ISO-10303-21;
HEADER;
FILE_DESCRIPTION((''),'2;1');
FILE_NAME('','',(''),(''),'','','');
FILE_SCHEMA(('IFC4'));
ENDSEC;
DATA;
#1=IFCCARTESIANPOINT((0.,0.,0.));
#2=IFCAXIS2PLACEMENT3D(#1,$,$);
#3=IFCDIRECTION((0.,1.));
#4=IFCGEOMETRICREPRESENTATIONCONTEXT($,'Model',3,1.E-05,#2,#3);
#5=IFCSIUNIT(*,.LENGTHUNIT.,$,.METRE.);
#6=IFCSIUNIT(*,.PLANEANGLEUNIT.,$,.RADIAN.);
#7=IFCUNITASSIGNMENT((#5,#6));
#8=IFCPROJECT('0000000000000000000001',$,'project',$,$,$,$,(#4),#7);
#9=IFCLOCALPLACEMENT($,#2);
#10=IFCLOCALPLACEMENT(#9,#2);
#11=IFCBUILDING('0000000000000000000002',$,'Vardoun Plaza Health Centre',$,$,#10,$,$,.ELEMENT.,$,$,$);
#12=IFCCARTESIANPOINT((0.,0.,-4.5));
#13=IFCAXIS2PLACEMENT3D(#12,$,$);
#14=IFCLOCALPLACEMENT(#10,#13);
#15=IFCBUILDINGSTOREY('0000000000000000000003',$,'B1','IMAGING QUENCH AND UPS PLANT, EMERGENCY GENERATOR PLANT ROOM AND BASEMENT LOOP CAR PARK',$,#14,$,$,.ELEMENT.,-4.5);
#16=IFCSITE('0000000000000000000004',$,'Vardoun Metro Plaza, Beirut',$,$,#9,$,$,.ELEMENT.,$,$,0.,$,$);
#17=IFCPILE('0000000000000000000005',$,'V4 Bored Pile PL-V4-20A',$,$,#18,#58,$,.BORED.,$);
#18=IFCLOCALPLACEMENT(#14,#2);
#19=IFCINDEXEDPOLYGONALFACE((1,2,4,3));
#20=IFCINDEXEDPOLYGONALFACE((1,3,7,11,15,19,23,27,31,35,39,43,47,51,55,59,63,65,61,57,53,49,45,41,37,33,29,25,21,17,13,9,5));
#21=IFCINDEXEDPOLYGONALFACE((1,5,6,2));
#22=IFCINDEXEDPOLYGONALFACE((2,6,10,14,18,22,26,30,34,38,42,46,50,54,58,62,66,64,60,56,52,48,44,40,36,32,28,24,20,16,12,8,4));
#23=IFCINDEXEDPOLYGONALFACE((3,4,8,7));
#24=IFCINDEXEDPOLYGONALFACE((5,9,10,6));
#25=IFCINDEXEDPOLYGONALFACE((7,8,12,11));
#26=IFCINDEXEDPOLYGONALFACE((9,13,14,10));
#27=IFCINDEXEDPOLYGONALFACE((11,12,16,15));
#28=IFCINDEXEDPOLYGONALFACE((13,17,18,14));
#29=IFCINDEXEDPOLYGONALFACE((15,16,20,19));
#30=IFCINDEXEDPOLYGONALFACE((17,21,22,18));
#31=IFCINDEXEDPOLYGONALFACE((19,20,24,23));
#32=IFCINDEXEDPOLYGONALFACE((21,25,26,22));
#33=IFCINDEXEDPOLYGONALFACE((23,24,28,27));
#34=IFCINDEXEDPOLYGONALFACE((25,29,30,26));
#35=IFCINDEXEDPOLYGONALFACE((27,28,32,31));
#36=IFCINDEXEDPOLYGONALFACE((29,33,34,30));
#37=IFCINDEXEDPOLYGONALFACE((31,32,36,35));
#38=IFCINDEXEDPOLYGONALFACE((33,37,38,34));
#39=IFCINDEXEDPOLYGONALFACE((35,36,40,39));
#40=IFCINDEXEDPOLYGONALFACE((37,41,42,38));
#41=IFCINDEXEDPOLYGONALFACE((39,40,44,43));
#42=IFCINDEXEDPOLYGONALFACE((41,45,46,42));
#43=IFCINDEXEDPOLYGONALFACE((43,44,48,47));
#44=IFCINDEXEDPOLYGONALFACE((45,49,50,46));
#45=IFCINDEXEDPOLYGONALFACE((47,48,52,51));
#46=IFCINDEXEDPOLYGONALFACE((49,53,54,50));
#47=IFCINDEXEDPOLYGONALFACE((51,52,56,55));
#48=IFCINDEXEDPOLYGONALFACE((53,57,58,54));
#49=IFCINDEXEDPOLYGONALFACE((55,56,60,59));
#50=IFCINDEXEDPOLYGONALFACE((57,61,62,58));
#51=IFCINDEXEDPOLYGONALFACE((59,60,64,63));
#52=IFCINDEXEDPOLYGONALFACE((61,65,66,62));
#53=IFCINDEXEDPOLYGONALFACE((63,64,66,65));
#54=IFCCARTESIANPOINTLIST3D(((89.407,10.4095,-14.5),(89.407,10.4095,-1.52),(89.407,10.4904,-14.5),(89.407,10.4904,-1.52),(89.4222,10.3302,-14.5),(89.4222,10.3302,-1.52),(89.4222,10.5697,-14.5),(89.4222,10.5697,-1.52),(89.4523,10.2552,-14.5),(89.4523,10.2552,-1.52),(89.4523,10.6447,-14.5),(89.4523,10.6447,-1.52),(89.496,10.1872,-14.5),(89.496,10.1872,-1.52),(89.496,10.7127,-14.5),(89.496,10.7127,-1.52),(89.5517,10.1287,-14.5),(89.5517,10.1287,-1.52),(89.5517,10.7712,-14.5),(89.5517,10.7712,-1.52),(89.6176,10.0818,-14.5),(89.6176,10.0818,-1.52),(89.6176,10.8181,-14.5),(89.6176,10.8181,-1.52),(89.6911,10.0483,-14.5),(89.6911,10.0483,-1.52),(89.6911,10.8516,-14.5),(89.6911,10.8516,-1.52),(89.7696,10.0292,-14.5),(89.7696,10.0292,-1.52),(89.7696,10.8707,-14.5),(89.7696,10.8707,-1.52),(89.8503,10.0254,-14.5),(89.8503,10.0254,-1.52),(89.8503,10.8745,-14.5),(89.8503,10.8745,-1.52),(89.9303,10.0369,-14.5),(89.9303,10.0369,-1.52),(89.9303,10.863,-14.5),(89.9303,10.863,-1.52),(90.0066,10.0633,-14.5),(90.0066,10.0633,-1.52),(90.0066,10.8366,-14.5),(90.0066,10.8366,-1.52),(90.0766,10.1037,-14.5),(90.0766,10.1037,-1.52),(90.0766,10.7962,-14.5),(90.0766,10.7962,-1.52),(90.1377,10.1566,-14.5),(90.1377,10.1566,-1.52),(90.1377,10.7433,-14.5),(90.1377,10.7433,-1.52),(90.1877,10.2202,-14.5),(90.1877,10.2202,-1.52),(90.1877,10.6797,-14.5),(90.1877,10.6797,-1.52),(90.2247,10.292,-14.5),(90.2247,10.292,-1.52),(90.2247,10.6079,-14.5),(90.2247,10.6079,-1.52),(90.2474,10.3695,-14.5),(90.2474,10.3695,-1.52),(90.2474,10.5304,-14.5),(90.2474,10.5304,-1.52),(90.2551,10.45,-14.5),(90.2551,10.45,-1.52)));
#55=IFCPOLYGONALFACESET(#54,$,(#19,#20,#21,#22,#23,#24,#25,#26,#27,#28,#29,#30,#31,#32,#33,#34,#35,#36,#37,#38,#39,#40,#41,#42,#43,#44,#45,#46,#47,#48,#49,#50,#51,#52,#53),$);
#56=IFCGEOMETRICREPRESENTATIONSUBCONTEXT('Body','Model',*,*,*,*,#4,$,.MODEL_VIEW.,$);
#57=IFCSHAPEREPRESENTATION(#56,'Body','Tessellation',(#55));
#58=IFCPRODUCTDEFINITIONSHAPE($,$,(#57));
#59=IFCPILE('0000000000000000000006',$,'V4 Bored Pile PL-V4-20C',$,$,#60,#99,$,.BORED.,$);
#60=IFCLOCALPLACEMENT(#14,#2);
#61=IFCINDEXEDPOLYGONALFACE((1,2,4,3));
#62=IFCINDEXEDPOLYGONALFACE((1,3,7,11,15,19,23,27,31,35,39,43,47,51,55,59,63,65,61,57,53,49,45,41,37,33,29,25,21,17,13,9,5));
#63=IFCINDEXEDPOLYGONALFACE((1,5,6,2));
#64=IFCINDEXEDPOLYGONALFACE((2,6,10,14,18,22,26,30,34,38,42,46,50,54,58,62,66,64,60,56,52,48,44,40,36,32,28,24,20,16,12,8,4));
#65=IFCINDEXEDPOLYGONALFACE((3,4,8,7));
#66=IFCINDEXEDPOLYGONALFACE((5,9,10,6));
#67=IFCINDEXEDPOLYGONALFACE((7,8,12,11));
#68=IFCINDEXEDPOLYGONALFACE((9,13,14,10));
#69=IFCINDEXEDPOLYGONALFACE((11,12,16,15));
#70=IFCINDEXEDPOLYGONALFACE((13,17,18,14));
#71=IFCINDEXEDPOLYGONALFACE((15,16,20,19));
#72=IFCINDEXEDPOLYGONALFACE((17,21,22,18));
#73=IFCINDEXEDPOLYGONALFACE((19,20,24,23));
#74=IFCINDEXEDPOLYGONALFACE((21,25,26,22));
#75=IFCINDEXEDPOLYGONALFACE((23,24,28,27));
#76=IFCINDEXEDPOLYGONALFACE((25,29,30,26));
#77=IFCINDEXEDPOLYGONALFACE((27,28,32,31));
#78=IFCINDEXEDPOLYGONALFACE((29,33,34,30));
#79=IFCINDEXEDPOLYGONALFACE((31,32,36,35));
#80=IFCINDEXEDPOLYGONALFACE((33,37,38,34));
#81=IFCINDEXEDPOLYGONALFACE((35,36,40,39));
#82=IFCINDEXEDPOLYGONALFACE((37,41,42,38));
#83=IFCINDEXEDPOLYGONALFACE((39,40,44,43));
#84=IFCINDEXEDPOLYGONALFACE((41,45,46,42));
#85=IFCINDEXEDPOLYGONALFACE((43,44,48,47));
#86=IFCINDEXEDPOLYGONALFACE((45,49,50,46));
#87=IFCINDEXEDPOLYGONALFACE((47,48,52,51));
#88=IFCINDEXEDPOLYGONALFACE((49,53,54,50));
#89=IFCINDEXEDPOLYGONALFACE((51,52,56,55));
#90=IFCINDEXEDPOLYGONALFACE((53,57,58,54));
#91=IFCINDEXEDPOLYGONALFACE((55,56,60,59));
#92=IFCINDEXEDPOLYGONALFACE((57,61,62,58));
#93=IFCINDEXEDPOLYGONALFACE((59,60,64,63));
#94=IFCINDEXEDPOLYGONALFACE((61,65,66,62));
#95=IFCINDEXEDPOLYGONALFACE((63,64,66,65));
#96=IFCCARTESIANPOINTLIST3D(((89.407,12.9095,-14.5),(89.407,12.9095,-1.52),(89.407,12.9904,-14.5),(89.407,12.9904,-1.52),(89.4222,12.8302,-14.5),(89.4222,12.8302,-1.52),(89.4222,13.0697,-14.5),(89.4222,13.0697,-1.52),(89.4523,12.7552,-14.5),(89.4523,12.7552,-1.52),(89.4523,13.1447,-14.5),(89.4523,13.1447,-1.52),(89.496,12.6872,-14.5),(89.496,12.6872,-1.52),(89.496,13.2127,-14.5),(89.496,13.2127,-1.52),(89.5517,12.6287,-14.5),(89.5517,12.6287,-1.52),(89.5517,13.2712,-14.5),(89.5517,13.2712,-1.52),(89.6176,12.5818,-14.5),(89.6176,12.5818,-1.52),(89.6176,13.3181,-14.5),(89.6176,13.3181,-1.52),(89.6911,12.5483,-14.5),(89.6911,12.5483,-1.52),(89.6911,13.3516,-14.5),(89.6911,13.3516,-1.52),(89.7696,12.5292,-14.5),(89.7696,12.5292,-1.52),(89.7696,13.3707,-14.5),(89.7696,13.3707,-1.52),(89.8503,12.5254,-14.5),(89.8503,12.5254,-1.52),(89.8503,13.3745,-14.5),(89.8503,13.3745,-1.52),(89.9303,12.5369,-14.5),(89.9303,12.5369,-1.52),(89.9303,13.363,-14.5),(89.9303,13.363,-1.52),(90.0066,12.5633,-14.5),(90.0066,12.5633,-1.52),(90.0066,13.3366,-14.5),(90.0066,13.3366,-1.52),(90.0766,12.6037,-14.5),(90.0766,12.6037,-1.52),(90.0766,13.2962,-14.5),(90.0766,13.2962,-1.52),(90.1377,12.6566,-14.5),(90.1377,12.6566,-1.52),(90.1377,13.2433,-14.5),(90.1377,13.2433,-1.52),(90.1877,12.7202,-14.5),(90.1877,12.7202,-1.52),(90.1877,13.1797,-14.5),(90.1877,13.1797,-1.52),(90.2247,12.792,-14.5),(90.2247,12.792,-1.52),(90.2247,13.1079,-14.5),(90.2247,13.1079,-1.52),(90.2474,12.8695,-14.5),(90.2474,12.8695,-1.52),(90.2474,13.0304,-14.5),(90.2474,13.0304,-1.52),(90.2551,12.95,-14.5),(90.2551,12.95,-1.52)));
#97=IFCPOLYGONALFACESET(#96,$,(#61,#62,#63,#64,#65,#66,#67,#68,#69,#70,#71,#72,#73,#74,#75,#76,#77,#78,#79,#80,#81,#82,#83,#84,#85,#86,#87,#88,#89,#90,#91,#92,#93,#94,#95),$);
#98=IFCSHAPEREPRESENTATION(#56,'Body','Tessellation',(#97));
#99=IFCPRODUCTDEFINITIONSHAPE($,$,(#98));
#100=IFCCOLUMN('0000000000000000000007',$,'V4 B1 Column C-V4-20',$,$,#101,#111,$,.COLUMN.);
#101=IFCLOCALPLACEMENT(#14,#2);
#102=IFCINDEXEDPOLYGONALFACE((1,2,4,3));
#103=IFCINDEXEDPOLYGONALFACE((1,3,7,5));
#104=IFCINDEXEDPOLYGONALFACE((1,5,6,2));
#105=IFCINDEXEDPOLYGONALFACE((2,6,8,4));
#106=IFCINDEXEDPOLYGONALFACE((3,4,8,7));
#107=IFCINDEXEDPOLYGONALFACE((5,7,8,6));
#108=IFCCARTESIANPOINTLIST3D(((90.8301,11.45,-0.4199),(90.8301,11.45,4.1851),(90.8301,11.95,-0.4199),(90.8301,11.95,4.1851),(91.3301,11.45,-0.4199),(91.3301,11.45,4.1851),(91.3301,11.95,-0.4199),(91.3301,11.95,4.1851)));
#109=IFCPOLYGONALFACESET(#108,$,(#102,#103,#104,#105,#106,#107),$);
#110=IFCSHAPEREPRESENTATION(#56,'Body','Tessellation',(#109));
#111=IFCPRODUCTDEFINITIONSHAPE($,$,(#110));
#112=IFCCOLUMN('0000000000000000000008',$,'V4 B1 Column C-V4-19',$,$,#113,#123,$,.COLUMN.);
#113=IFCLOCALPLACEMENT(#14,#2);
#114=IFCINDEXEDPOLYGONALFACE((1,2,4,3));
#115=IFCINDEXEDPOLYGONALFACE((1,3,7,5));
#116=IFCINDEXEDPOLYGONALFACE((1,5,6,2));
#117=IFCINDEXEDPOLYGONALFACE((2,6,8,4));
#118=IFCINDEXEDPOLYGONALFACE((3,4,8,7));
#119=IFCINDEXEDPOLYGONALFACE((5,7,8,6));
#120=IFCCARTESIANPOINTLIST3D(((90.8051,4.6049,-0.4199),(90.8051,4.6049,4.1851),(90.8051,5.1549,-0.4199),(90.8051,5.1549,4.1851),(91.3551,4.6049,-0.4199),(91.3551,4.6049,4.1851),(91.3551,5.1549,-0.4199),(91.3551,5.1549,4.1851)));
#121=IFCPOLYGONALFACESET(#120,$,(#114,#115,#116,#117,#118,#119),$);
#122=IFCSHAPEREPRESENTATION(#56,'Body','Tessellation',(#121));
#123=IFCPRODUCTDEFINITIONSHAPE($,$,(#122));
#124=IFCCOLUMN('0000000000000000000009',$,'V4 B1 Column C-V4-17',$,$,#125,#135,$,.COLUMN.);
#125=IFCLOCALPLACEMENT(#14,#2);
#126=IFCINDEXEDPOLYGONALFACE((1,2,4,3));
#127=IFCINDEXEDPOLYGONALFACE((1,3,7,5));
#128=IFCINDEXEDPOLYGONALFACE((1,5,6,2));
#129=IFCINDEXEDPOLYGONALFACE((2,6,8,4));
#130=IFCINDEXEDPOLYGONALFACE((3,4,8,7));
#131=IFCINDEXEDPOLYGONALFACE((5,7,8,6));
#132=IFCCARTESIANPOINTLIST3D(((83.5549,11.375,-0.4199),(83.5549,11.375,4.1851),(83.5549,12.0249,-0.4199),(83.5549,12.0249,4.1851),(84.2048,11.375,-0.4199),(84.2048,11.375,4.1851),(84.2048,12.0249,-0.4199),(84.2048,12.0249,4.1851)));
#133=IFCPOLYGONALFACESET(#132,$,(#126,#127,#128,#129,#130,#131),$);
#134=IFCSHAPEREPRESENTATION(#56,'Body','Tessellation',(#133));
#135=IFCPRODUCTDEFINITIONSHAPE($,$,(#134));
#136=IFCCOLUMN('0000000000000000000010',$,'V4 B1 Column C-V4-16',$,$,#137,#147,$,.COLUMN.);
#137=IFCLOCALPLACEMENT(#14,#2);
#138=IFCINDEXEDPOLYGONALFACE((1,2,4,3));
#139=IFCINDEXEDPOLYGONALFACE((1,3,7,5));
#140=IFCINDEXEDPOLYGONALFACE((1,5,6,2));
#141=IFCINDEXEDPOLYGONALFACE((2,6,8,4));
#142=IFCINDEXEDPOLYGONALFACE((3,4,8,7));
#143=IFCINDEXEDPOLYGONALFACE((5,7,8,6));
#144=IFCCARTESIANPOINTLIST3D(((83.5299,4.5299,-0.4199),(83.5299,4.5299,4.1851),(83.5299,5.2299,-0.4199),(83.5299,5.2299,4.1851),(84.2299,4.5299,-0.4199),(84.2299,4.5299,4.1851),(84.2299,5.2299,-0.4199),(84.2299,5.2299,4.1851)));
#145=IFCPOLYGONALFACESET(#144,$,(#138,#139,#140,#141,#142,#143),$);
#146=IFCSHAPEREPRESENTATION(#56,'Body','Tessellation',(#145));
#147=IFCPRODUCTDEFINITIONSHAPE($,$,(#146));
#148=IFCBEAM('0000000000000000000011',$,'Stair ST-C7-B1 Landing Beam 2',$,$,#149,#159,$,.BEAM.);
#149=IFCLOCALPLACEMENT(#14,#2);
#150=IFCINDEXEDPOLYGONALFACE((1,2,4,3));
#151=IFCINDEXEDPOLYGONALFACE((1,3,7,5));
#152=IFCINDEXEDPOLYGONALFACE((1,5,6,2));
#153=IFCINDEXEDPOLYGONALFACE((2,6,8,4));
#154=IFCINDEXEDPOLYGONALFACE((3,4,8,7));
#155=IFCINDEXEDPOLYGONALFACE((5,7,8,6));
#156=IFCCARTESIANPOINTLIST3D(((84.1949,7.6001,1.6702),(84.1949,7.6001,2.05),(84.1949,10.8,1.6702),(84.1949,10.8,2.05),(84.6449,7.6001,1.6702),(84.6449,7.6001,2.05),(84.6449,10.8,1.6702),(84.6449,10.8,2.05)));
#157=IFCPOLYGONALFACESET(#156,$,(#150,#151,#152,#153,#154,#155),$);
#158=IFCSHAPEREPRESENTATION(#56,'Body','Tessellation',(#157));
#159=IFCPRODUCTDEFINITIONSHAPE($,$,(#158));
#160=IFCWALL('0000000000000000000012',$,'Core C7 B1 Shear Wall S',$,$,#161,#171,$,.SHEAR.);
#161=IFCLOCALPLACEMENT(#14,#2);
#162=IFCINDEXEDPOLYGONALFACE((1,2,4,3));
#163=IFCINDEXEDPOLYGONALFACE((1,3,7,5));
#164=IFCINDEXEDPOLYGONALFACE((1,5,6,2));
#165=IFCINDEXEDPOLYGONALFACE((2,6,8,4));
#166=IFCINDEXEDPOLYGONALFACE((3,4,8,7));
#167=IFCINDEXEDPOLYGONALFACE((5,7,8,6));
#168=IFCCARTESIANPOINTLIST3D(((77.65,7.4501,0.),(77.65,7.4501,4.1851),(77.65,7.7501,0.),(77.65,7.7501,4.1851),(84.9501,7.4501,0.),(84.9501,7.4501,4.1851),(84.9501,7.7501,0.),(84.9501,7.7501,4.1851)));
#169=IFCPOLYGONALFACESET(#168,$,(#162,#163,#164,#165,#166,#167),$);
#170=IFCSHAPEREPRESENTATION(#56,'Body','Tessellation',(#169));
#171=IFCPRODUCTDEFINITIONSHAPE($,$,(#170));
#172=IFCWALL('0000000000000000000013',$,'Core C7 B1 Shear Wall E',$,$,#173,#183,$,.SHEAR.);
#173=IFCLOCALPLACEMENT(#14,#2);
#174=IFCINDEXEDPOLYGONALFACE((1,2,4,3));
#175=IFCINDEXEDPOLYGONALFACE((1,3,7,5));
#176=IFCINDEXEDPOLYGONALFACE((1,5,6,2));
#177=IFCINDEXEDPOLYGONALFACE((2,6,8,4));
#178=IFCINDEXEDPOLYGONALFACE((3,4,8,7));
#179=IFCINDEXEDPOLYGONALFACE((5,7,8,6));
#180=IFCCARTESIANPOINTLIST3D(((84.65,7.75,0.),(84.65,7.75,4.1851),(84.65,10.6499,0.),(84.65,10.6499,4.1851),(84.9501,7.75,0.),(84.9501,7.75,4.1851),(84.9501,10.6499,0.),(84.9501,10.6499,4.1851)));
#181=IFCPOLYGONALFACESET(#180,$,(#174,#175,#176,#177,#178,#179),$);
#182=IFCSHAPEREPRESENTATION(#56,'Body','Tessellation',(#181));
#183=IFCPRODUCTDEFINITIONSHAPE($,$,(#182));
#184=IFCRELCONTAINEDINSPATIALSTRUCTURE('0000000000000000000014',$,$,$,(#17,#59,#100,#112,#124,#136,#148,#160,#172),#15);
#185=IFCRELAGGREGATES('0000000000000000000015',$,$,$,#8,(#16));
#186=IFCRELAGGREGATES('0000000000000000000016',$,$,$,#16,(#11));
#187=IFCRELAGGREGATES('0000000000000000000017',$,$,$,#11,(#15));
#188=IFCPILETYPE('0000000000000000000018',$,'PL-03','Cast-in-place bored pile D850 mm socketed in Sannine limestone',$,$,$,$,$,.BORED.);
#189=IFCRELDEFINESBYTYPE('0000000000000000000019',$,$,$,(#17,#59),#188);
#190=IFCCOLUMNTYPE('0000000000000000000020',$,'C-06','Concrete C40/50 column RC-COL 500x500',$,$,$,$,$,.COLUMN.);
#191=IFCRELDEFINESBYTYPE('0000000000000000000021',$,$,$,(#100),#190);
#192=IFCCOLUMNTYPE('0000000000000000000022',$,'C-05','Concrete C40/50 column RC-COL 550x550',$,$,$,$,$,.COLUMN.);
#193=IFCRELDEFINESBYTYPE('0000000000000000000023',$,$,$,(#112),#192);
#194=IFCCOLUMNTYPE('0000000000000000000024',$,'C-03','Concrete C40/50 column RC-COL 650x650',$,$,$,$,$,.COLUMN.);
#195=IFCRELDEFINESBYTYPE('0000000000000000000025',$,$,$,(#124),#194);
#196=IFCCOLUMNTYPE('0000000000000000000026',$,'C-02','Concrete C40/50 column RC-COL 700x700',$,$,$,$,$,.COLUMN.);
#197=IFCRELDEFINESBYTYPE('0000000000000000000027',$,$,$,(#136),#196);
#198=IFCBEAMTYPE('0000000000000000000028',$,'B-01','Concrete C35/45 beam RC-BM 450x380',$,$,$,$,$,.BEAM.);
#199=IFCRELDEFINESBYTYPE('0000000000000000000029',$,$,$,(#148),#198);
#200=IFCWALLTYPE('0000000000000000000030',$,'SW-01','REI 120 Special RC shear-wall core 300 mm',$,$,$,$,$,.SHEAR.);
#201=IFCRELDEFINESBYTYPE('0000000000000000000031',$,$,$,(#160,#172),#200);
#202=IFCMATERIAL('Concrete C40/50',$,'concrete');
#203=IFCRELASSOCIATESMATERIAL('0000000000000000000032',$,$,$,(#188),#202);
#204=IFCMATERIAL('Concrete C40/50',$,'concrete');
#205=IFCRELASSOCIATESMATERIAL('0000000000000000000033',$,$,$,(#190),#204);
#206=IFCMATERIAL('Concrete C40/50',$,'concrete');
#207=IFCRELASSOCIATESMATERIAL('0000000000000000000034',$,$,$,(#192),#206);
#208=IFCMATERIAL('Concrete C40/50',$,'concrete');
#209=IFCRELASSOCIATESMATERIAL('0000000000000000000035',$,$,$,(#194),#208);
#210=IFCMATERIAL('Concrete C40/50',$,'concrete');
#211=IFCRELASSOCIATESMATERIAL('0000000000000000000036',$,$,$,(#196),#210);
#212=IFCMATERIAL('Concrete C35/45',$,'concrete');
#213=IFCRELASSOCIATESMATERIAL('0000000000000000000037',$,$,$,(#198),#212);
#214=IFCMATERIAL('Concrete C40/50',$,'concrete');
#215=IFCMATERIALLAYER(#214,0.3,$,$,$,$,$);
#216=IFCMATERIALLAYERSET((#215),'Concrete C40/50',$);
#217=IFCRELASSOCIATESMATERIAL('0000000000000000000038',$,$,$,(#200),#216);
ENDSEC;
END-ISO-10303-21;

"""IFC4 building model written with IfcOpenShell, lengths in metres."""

from ifc_helpers import new_model, si_unit, direction, frame, frame_2d, origin, origin_2d, place, context, subcontext, project, spatial, rectangle, circle, extrude, material, layer, layer_set, material_profile, profile_set, type_object, element, save


model = new_model("IFC4")

# Units and contexts
model_context = context("Model", 3, precision=1e-05, world=origin(), true_north=direction((0.0, 1.0)))
body_context = subcontext(model_context, "Body", "Model", "MODEL_VIEW")
ifc_project = project(units=[si_unit("LENGTHUNIT", "METRE"), si_unit("PLANEANGLEUNIT", "RADIAN")], contexts=[model_context])

# Site, building, storey
site_placement = place(None, origin())
site = spatial("IfcSite", under=ifc_project, at=site_placement, Name="Vardoun Metro Plaza, Beirut", CompositionType="ELEMENT", RefElevation=0.0)
building_placement = place(site_placement, origin())
building = spatial("IfcBuilding", under=site, at=building_placement, Name="Vardoun Plaza Health Centre", CompositionType="ELEMENT")
storey_placement = place(building_placement, frame((0.0, 0.0, -4.5)))
storey = spatial("IfcBuildingStorey", under=building, at=storey_placement, Name="B1", Description="IMAGING QUENCH AND UPS PLANT, EMERGENCY GENERATOR PLANT ROOM AND BASEMENT LOOP CAR PARK", CompositionType="ELEMENT", Elevation=-4.5)

# Piles
ifc_material_1 = material(Name="Concrete C40/50", Category="concrete")
ifc_material_profile_1 = material_profile(ifc_material_1, circle(Radius=0.425, at=origin_2d()), Name="PILE D850")
ifc_profile_set_1 = profile_set([ifc_material_profile_1], Name="Concrete C40/50")
pile_type_1 = type_object("IfcPileType", Name="PL-03", Description="Cast-in-place bored pile D850 mm socketed in Sannine limestone", PredefinedType="BORED", material=ifc_profile_set_1)
for number, where, z_axis, x_axis, name in (
    (1, (89.8301, 10.45, -1.52), (0.0, 0.0, -1.0), (1.0, 0.0, 0.0), "V4 Bored Pile PL-V4-20A"),
    (2, (89.8301, 12.95, -1.52), (0.0, 0.0, -1.0), (1.0, 0.0, 0.0), "V4 Bored Pile PL-V4-20C"),
):
    element("IfcPile", number, at=place(storey_placement, frame(where, z_axis=z_axis, x_axis=x_axis)), inside=storey, type_object=pile_type_1, Name=name, PredefinedType="BORED", context=body_context, shape_type="SweptSolid", body=[
        extrude(circle(Radius=0.425, at=origin_2d()), origin(), (0.0, 0.0, 1.0), 12.98),
    ])

# Columns
ifc_material_2 = material(Name="Concrete C40/50", Category="concrete")
ifc_material_profile_2 = material_profile(ifc_material_2, rectangle(XDim=0.5, YDim=0.5, at=origin_2d()), Name="RC-COL 500x500")
ifc_profile_set_2 = profile_set([ifc_material_profile_2], Name="Concrete C40/50")
column_type_1 = type_object("IfcColumnType", Name="C-06", Description="Concrete C40/50 column RC-COL 500x500", PredefinedType="COLUMN", material=ifc_profile_set_2)
column_1_placement = place(storey_placement, frame((91.0801, 11.7, -0.4199), z_axis=(0.0, 0.0, 1.0), x_axis=(1.0, 0.0, 0.0)))
element("IfcColumn", 3, at=column_1_placement, inside=storey, type_object=column_type_1, Name="V4 B1 Column C-V4-20", PredefinedType="COLUMN", context=body_context, shape_type="SweptSolid", body=[
    extrude(rectangle(XDim=0.5, YDim=0.5, at=origin_2d()), origin(), (0.0, 0.0, 1.0), 4.605),
])
ifc_material_3 = material(Name="Concrete C40/50", Category="concrete")
ifc_material_profile_3 = material_profile(ifc_material_3, rectangle(XDim=0.55, YDim=0.55, at=origin_2d()), Name="RC-COL 550x550")
ifc_profile_set_3 = profile_set([ifc_material_profile_3], Name="Concrete C40/50")
column_type_2 = type_object("IfcColumnType", Name="C-05", Description="Concrete C40/50 column RC-COL 550x550", PredefinedType="COLUMN", material=ifc_profile_set_3)
column_2_placement = place(storey_placement, frame((91.0801, 4.8799, -0.4199), z_axis=(0.0, 0.0, 1.0), x_axis=(1.0, 0.0, 0.0)))
element("IfcColumn", 4, at=column_2_placement, inside=storey, type_object=column_type_2, Name="V4 B1 Column C-V4-19", PredefinedType="COLUMN", context=body_context, shape_type="SweptSolid", body=[
    extrude(rectangle(XDim=0.55, YDim=0.55, at=origin_2d()), origin(), (0.0, 0.0, 1.0), 4.605),
])
ifc_material_4 = material(Name="Concrete C40/50", Category="concrete")
ifc_material_profile_4 = material_profile(ifc_material_4, rectangle(XDim=0.6499, YDim=0.6499, at=origin_2d()), Name="RC-COL 650x650")
ifc_profile_set_4 = profile_set([ifc_material_profile_4], Name="Concrete C40/50")
column_type_3 = type_object("IfcColumnType", Name="C-03", Description="Concrete C40/50 column RC-COL 650x650", PredefinedType="COLUMN", material=ifc_profile_set_4)
column_3_placement = place(storey_placement, frame((83.8799, 11.7, -0.4199), z_axis=(0.0, 0.0, 1.0), x_axis=(1.0, 0.0, 0.0)))
element("IfcColumn", 5, at=column_3_placement, inside=storey, type_object=column_type_3, Name="V4 B1 Column C-V4-17", PredefinedType="COLUMN", context=body_context, shape_type="SweptSolid", body=[
    extrude(rectangle(XDim=0.6499, YDim=0.6499, at=origin_2d()), origin(), (0.0, 0.0, 1.0), 4.605),
])
ifc_material_5 = material(Name="Concrete C40/50", Category="concrete")
ifc_material_profile_5 = material_profile(ifc_material_5, rectangle(XDim=0.7, YDim=0.7, at=origin_2d()), Name="RC-COL 700x700")
ifc_profile_set_5 = profile_set([ifc_material_profile_5], Name="Concrete C40/50")
column_type_4 = type_object("IfcColumnType", Name="C-02", Description="Concrete C40/50 column RC-COL 700x700", PredefinedType="COLUMN", material=ifc_profile_set_5)
column_4_placement = place(storey_placement, frame((83.8799, 4.8799, -0.4199), z_axis=(0.0, 0.0, 1.0), x_axis=(1.0, 0.0, 0.0)))
element("IfcColumn", 6, at=column_4_placement, inside=storey, type_object=column_type_4, Name="V4 B1 Column C-V4-16", PredefinedType="COLUMN", context=body_context, shape_type="SweptSolid", body=[
    extrude(rectangle(XDim=0.7, YDim=0.7, at=origin_2d()), origin(), (0.0, 0.0, 1.0), 4.605),
])

# Beam
ifc_material_6 = material(Name="Concrete C35/45", Category="concrete")
ifc_material_profile_6 = material_profile(ifc_material_6, rectangle(XDim=0.45, YDim=0.3799, at=origin_2d()), Name="RC-BM 450x380")
ifc_profile_set_6 = profile_set([ifc_material_profile_6], Name="Concrete C35/45")
beam_type = type_object("IfcBeamType", Name="B-01", Description="Concrete C35/45 beam RC-BM 450x380", PredefinedType="BEAM", material=ifc_profile_set_6)
beam_placement = place(storey_placement, frame((84.4199, 7.6001, 1.8601), z_axis=(0.0, 1.0, 0.0), x_axis=(-1.0, 0.0, 0.0)))
element("IfcBeam", 7, at=beam_placement, inside=storey, type_object=beam_type, Name="Stair ST-C7-B1 Landing Beam 2", PredefinedType="BEAM", context=body_context, shape_type="SweptSolid", body=[
    extrude(rectangle(XDim=0.45, YDim=0.3799, at=origin_2d()), origin(), (0.0, 0.0, 1.0), 3.2),
])

# Walls
ifc_material_7 = material(Name="Concrete C40/50", Category="concrete")
ifc_layer_1 = layer(ifc_material_7, 0.3)
ifc_layer_set_1 = layer_set([ifc_layer_1], Name="Concrete C40/50")
wall_type_1 = type_object("IfcWallType", Name="SW-01", Description="REI 120 Special RC shear-wall core 300 mm", PredefinedType="SHEAR", material=ifc_layer_set_1)
wall_1_placement = place(storey_placement, frame((84.95, 7.6001, 0.0), z_axis=(0.0, 0.0, 1.0), x_axis=(-1.0, 0.0, 0.0)))
element("IfcWall", 8, at=wall_1_placement, inside=storey, type_object=wall_type_1, Name="Core C7 B1 Shear Wall S", PredefinedType="SHEAR", context=body_context, shape_type="SweptSolid", body=[
    extrude(rectangle(XDim=7.3, YDim=0.3, at=frame_2d((3.6499, 0.0))), origin(), (0.0, 0.0, 1.0), 4.1851),
])
wall_2_placement = place(storey_placement, frame((84.8, 10.6499, 0.0), z_axis=(0.0, 0.0, 1.0), x_axis=(0.0, -1.0, 0.0)))
element("IfcWall", 9, at=wall_2_placement, inside=storey, type_object=wall_type_1, Name="Core C7 B1 Shear Wall E", PredefinedType="SHEAR", context=body_context, shape_type="SweptSolid", body=[
    extrude(rectangle(XDim=2.8999, YDim=0.3, at=frame_2d((1.45, 0.0))), origin(), (0.0, 0.0, 1.0), 4.1851),
])

save(model, "model.ifc")
